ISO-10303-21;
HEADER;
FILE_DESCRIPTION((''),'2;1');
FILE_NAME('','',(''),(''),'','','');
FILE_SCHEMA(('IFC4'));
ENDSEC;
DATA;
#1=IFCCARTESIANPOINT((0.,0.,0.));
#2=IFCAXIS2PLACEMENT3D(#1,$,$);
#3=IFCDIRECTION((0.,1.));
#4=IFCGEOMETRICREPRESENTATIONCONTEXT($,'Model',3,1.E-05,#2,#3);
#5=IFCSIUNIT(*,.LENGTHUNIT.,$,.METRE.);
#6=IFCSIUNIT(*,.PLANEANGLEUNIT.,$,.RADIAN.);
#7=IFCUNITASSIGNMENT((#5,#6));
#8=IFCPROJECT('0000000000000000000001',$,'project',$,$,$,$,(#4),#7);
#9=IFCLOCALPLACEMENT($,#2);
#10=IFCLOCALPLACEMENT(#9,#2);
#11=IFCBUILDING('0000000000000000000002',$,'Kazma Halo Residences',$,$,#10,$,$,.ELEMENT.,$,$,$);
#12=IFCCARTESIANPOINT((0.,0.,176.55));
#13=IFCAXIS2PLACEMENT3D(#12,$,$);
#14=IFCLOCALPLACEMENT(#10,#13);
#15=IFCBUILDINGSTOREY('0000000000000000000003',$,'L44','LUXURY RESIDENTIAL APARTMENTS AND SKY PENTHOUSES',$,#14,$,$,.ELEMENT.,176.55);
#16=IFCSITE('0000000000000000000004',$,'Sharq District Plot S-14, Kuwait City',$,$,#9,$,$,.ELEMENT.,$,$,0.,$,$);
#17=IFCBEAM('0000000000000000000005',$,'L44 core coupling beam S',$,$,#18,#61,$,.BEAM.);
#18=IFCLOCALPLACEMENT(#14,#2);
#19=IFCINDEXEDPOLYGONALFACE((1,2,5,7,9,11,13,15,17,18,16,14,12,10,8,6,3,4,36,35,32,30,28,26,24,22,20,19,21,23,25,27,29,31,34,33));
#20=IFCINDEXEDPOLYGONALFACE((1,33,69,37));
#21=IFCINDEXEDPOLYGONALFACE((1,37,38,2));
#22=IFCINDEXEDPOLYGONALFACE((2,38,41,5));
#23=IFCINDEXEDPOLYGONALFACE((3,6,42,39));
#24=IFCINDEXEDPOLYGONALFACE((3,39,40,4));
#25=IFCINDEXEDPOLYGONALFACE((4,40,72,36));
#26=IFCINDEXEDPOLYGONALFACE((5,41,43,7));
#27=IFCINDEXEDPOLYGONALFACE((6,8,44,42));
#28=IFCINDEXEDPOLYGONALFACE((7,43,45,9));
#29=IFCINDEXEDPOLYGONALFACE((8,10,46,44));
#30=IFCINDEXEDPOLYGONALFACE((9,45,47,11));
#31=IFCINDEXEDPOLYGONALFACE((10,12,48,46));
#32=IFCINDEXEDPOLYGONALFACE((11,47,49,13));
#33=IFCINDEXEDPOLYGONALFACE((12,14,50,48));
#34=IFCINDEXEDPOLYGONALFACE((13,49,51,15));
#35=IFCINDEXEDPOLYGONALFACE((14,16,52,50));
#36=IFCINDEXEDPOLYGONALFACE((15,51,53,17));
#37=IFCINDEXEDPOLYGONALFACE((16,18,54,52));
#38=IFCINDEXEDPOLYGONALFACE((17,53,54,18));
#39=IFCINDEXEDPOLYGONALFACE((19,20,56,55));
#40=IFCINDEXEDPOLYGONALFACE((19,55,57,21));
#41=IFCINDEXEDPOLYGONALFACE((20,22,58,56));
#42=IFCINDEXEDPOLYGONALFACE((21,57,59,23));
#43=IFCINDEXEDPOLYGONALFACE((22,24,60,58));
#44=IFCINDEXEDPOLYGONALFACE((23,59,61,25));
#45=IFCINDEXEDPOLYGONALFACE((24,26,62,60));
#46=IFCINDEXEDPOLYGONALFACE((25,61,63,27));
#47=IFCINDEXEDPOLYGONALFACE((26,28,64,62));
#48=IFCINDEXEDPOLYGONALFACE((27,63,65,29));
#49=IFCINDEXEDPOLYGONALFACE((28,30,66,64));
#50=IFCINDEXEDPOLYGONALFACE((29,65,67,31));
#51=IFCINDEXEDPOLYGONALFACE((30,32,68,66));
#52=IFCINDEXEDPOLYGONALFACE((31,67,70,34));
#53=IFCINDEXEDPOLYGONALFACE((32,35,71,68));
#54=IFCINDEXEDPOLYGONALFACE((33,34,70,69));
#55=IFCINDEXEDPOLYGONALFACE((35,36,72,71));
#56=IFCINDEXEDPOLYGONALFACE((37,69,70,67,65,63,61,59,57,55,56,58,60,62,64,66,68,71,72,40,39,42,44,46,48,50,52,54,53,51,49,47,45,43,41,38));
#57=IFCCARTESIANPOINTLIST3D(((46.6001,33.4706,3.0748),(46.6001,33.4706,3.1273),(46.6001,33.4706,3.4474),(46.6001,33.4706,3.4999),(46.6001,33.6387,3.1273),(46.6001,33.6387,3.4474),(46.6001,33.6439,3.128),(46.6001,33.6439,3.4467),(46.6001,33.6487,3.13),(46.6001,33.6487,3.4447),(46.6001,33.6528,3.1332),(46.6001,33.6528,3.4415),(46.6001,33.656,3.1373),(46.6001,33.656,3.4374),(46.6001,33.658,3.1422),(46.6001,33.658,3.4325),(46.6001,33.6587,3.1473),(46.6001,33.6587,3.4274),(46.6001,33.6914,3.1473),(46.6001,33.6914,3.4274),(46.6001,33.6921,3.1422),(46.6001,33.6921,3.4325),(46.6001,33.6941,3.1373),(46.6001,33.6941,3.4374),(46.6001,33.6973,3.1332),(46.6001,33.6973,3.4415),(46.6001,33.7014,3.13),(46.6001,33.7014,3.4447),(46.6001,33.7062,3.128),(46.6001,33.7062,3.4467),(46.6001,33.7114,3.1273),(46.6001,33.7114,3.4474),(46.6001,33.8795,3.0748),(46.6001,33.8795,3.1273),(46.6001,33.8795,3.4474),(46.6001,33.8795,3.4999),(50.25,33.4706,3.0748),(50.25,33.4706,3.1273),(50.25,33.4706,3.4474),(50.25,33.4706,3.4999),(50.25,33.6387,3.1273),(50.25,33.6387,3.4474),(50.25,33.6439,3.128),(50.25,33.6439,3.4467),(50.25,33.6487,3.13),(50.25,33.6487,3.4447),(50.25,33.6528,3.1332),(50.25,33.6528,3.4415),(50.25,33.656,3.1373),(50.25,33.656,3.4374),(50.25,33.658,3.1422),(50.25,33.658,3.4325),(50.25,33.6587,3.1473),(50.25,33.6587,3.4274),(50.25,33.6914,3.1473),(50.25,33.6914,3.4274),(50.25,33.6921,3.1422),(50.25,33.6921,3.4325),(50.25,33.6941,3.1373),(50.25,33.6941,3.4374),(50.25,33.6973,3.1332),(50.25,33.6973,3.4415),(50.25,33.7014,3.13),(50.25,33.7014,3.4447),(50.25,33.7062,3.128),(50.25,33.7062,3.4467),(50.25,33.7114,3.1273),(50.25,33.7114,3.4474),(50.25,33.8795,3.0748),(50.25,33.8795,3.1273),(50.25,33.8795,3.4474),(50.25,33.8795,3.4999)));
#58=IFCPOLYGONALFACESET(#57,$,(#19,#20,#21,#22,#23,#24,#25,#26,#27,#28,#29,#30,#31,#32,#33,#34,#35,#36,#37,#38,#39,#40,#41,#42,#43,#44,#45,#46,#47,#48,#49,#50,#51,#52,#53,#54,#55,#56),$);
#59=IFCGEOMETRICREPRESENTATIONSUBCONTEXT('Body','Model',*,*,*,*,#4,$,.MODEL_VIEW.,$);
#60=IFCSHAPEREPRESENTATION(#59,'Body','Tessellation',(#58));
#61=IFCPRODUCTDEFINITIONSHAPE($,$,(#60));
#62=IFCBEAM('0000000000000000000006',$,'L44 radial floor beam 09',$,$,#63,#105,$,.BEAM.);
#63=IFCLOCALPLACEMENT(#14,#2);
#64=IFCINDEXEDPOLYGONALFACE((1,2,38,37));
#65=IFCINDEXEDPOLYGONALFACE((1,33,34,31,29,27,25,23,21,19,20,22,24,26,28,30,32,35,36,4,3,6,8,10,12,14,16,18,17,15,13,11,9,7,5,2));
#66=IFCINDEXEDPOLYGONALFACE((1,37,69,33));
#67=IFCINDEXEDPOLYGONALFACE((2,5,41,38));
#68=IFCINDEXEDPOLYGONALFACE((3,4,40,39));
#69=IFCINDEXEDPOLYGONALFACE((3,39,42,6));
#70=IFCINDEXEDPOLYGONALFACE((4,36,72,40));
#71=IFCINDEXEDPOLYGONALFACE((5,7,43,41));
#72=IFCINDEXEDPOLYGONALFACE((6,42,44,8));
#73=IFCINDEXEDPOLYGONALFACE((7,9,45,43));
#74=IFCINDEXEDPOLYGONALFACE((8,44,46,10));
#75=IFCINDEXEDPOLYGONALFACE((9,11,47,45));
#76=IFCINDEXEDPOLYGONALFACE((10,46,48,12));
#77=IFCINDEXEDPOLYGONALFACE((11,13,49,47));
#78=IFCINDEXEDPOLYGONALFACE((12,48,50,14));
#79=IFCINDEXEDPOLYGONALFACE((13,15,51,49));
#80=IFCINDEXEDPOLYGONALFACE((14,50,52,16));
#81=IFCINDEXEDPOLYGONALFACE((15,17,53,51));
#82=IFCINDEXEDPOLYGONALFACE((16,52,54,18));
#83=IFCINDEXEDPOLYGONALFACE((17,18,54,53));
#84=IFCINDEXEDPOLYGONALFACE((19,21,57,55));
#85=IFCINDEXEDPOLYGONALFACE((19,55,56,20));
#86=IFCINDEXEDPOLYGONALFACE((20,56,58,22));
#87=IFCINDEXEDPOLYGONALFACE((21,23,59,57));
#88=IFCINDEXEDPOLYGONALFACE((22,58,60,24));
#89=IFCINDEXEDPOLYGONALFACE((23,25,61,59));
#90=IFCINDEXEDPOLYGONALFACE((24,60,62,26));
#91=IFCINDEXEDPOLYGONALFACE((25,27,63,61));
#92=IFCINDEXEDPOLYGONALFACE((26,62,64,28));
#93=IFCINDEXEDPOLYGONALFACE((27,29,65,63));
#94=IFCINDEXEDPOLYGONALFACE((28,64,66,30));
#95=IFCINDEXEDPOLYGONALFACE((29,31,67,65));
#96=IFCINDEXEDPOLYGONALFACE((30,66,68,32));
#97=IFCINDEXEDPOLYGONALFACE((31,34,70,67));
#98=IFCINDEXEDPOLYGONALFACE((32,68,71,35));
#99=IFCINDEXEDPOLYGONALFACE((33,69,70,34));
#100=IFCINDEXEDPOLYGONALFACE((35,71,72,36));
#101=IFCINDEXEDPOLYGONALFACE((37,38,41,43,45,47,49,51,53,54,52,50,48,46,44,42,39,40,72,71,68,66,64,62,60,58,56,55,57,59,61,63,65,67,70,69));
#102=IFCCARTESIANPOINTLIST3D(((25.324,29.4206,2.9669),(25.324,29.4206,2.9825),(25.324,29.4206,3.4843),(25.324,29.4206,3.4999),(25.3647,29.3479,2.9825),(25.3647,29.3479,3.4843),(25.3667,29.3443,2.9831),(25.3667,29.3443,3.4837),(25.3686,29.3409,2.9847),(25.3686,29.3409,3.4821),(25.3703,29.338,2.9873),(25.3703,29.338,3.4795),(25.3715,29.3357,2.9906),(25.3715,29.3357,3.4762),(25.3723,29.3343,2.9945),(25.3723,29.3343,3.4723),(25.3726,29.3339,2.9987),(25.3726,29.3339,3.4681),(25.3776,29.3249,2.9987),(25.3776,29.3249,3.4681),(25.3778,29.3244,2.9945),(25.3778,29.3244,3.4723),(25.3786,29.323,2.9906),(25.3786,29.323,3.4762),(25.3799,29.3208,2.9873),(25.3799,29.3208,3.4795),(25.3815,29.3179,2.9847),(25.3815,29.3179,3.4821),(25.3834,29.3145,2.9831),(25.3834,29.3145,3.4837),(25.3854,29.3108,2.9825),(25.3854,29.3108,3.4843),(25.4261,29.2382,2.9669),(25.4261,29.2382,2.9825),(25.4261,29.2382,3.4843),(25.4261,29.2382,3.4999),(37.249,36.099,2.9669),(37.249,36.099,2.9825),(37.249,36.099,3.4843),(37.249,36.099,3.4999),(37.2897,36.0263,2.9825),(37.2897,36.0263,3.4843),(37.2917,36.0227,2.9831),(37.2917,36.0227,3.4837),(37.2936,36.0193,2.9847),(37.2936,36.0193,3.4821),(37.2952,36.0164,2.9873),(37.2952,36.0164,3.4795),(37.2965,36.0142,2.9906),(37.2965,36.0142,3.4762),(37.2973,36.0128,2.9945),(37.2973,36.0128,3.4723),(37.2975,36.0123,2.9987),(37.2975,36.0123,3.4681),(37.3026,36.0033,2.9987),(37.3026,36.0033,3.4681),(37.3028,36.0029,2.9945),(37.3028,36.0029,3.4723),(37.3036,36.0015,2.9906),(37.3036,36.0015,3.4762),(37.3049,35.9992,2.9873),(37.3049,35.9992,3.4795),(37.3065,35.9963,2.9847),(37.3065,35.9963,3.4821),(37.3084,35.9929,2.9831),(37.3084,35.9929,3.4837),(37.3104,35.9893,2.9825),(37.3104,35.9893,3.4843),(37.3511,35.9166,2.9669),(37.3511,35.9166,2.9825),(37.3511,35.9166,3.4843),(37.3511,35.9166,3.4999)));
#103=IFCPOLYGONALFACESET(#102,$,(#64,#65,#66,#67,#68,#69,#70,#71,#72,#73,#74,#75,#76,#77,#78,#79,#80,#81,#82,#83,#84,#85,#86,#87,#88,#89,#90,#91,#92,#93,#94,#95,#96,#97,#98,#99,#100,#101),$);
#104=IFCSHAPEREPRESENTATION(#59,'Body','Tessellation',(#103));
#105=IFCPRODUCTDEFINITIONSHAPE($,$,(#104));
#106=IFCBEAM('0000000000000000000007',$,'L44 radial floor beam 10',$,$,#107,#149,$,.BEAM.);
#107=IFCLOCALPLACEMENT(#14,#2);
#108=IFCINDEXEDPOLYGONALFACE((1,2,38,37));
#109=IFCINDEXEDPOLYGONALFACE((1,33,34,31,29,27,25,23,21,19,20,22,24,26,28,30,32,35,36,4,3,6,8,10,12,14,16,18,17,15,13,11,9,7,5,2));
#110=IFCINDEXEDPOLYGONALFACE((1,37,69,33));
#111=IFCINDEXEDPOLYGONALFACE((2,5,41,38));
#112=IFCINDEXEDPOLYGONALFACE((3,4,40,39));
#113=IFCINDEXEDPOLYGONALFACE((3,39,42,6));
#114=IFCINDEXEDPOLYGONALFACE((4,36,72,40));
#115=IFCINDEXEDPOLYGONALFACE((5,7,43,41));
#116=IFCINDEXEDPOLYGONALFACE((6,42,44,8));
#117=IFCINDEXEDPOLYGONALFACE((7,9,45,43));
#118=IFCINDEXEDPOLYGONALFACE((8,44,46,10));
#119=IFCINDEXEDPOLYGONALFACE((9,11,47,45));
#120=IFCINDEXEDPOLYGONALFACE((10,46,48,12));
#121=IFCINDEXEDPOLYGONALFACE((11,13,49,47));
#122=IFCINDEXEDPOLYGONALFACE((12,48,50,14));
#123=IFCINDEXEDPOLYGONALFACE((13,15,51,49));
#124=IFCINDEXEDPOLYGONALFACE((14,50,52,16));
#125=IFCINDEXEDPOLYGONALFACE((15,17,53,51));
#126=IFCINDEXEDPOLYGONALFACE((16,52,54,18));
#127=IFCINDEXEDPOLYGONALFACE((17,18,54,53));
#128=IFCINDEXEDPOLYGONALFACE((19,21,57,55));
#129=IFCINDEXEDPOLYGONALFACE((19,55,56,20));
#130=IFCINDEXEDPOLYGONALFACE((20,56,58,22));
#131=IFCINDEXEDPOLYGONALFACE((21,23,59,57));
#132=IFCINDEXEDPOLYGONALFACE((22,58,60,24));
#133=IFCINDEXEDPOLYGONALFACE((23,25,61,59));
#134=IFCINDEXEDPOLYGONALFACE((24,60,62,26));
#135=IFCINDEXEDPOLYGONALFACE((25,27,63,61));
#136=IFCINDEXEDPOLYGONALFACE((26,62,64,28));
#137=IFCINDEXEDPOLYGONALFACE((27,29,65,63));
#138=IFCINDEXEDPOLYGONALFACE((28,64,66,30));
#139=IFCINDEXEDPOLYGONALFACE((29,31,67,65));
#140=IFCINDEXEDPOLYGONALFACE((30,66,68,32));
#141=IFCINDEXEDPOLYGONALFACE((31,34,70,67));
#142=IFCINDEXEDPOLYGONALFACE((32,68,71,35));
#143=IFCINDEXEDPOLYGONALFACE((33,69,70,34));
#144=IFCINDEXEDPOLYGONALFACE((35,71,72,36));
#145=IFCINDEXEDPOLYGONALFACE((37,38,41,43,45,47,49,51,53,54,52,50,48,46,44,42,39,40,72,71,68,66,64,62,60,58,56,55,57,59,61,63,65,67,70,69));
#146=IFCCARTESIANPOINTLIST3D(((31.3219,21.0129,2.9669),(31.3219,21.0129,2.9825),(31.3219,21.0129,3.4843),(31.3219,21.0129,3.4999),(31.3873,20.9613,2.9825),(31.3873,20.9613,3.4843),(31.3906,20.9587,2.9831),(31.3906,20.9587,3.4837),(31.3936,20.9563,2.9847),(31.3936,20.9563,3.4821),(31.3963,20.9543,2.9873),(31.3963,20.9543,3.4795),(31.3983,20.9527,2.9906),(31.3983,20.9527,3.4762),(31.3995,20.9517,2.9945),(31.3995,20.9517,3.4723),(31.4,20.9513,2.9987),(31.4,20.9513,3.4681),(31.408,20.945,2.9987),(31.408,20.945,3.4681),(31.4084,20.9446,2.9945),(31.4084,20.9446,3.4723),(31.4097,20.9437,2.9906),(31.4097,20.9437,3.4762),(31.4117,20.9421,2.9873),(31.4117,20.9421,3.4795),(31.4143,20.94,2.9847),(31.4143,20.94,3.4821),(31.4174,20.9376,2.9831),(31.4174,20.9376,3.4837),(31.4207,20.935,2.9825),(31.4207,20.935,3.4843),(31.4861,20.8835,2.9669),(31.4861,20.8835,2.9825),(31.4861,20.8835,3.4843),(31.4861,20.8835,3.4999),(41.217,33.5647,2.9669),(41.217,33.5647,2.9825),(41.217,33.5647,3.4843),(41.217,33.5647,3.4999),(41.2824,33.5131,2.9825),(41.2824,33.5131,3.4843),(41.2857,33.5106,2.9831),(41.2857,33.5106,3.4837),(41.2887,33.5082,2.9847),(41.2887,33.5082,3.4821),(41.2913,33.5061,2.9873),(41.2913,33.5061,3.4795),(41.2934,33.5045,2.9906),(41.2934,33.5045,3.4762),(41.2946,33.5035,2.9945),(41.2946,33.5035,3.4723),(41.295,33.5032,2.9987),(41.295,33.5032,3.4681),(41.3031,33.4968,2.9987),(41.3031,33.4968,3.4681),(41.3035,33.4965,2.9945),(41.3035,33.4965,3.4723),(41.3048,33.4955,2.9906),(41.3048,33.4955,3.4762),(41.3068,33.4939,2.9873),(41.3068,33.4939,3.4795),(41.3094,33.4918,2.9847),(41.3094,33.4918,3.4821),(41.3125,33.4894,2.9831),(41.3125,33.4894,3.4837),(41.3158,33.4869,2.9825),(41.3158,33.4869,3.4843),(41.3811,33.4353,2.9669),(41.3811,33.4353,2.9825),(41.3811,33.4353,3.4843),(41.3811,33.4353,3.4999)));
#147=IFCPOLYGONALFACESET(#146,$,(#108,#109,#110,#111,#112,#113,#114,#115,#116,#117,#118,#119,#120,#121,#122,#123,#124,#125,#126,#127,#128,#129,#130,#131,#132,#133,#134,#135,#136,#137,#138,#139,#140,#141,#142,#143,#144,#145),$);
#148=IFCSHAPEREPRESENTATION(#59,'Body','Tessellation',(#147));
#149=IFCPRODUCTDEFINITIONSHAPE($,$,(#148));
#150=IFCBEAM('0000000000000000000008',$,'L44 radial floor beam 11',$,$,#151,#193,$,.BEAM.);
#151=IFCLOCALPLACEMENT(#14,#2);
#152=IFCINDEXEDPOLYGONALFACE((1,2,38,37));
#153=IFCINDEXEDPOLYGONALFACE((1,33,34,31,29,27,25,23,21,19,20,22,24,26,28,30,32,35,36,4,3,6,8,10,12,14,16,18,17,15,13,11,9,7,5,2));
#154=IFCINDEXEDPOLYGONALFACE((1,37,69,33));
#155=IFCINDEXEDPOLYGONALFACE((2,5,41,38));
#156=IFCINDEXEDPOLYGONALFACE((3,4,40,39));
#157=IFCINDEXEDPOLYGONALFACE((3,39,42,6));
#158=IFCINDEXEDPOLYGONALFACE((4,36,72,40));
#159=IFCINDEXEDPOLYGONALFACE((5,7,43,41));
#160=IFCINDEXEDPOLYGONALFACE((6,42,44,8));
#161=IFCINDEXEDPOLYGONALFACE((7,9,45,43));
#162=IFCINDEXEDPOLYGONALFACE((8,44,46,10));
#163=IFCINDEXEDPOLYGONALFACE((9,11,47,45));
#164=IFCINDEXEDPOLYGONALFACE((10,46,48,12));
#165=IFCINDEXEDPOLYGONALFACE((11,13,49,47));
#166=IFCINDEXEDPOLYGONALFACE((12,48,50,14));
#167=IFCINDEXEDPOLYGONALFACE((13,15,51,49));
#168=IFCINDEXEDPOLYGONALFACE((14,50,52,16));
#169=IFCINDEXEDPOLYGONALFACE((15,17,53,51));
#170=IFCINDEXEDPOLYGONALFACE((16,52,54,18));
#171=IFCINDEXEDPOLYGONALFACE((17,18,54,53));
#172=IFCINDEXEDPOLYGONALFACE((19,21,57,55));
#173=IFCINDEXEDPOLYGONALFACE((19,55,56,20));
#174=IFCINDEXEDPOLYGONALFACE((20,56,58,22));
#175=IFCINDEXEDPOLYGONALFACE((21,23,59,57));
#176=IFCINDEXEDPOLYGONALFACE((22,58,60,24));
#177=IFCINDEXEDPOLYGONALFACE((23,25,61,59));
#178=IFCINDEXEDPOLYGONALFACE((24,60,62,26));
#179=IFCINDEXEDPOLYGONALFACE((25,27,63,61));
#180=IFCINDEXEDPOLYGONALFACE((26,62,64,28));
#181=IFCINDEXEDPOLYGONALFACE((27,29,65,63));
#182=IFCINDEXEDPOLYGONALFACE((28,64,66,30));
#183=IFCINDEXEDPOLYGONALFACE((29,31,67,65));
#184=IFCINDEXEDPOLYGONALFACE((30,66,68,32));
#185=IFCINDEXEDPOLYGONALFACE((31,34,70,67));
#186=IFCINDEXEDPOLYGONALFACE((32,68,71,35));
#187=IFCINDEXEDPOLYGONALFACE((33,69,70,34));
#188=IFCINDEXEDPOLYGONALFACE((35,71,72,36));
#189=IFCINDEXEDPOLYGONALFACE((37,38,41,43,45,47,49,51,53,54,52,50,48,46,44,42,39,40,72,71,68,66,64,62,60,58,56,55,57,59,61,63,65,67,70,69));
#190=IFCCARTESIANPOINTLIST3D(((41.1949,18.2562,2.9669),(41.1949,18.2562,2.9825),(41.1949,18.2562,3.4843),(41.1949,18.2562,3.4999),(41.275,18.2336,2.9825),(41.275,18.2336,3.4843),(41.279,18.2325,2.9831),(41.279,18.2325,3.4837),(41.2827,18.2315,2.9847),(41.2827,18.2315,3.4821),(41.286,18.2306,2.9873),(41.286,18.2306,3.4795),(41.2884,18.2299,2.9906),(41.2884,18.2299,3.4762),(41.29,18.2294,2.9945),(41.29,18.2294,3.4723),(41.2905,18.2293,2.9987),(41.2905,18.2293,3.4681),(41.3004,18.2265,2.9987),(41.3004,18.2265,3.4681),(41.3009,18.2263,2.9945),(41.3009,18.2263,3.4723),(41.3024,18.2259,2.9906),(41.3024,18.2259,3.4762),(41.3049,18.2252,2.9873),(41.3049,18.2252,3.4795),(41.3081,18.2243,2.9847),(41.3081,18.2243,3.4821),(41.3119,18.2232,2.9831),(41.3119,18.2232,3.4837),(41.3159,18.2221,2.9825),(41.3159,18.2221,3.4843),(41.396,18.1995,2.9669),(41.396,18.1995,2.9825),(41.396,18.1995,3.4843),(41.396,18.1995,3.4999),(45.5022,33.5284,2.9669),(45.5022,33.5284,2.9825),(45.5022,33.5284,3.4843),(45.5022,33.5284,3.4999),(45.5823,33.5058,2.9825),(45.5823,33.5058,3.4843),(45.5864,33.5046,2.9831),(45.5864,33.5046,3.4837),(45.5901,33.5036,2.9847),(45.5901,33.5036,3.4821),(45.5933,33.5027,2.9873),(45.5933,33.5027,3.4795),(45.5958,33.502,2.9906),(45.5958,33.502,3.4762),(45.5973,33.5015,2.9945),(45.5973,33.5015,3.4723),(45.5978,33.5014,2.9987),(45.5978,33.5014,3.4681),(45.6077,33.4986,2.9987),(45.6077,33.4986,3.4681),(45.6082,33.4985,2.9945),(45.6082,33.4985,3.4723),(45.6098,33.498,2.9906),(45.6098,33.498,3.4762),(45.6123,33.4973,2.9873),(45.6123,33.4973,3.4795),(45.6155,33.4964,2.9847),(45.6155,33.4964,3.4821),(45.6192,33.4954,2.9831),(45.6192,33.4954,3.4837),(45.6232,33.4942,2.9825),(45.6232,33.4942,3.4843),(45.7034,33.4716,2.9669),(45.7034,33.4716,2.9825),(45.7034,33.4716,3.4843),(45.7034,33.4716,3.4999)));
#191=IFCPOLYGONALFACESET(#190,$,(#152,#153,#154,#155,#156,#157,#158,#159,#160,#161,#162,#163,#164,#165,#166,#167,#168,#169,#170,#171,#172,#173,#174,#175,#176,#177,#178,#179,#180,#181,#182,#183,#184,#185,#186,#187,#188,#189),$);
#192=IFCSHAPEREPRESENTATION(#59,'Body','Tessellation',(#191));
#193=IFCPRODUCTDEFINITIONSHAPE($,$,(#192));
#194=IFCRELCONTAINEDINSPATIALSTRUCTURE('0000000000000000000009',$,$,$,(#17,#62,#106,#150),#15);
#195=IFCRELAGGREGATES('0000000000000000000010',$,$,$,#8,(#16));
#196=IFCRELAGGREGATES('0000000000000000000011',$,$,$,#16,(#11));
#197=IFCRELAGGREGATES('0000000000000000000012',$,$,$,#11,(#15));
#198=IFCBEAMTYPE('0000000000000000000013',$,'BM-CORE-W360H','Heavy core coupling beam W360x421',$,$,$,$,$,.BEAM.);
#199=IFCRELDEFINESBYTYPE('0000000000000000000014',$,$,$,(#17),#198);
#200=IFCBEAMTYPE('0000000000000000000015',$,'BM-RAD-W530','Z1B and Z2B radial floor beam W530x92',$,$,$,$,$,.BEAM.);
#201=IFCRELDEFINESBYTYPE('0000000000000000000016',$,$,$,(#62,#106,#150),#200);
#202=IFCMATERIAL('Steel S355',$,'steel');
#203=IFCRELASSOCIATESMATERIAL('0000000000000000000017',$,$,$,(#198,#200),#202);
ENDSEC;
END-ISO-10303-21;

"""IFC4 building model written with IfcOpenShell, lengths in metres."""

from ifc_helpers import new_model, si_unit, direction, frame, origin, origin_2d, place, context, subcontext, project, spatial, i_section, extrude, material, material_profile, profile_set, type_object, element, save


model = new_model("IFC4")

# Units and contexts
model_context = context("Model", 3, precision=1e-05, world=origin(), true_north=direction((0.0, 1.0)))
body_context = subcontext(model_context, "Body", "Model", "MODEL_VIEW")
ifc_project = project(units=[si_unit("LENGTHUNIT", "METRE"), si_unit("PLANEANGLEUNIT", "RADIAN")], contexts=[model_context])

# Site, building, storey
site_placement = place(None, origin())
site = spatial("IfcSite", under=ifc_project, at=site_placement, Name="Sharq District Plot S-14, Kuwait City", CompositionType="ELEMENT", RefElevation=0.0)
building_placement = place(site_placement, origin())
building = spatial("IfcBuilding", under=site, at=building_placement, Name="Kazma Halo Residences", CompositionType="ELEMENT")
storey_placement = place(building_placement, frame((0.0, 0.0, 176.55)))
storey = spatial("IfcBuildingStorey", under=building, at=storey_placement, Name="L44", Description="LUXURY RESIDENTIAL APARTMENTS AND SKY PENTHOUSES", CompositionType="ELEMENT", Elevation=176.55)

# Beams
ifc_material_1 = material(Name="Steel S355", Category="steel")
ifc_material_profile_1 = material_profile(ifc_material_1, i_section(OverallWidth=0.4089, OverallDepth=0.425, WebThickness=0.0327, FlangeThickness=0.0525, FilletRadius=0.02, at=origin_2d()), Name="W360x421")
ifc_profile_set_1 = profile_set([ifc_material_profile_1], Name="Steel S355")
beam_type_1 = type_object("IfcBeamType", Name="BM-CORE-W360H", Description="Heavy core coupling beam W360x421", PredefinedType="BEAM", material=ifc_profile_set_1)
beam_1_placement = place(storey_placement, frame((46.6001, 33.675, 3.2874), z_axis=(1.0, 0.0, 0.0), x_axis=(0.0, 1.0, 0.0)))
element("IfcBeam", 1, at=beam_1_placement, inside=storey, type_object=beam_type_1, Name="L44 core coupling beam S", PredefinedType="BEAM", context=body_context, shape_type="SweptSolid", body=[
    extrude(i_section(OverallWidth=0.4089, OverallDepth=0.425, WebThickness=0.0327, FlangeThickness=0.0525, FilletRadius=0.02, at=origin_2d()), origin(), (0.0, 0.0, 1.0), 3.6499),
])
ifc_material_profile_2 = material_profile(ifc_material_1, i_section(OverallWidth=0.209, OverallDepth=0.533, WebThickness=0.0103, FlangeThickness=0.0156, FilletRadius=0.0161, at=origin_2d()), Name="W530x92")
ifc_profile_set_2 = profile_set([ifc_material_profile_2], Name="Steel S355")
beam_type_2 = type_object("IfcBeamType", Name="BM-RAD-W530", Description="Z1B and Z2B radial floor beam W530x92", PredefinedType="BEAM", material=ifc_profile_set_2)
beam_2_placement = place(storey_placement, frame((37.3, 36.0078, 3.2334), z_axis=(-0.872492, -0.488628, 0.0), x_axis=(0.488628, -0.872492, 0.0)))
element("IfcBeam", 2, at=beam_2_placement, inside=storey, type_object=beam_type_2, Name="L44 radial floor beam 09", PredefinedType="BEAM", context=body_context, shape_type="SweptSolid", body=[
    extrude(i_section(OverallWidth=0.209, OverallDepth=0.533, WebThickness=0.0103, FlangeThickness=0.0156, FilletRadius=0.0161, at=origin_2d()), origin(), (0.0, 0.0, 1.0), 13.6677),
])
beam_3_placement = place(storey_placement, frame((41.2991, 33.5, 3.2334), z_axis=(-0.619094, -0.785317, 0.0), x_axis=(0.785317, -0.619094, 0.0)))
element("IfcBeam", 3, at=beam_3_placement, inside=storey, type_object=beam_type_2, Name="L44 radial floor beam 10", PredefinedType="BEAM", context=body_context, shape_type="SweptSolid", body=[
    extrude(i_section(OverallWidth=0.209, OverallDepth=0.533, WebThickness=0.0103, FlangeThickness=0.0156, FilletRadius=0.0161, at=origin_2d()), origin(), (0.0, 0.0, 1.0), 15.9832),
])
beam_4_placement = place(storey_placement, frame((45.6028, 33.5, 3.2334), z_axis=(-0.27145, -0.962453, 0.0), x_axis=(0.962453, -0.27145, 0.0)))
element("IfcBeam", 4, at=beam_4_placement, inside=storey, type_object=beam_type_2, Name="L44 radial floor beam 11", PredefinedType="BEAM", context=body_context, shape_type="SweptSolid", body=[
    extrude(i_section(OverallWidth=0.209, OverallDepth=0.533, WebThickness=0.0103, FlangeThickness=0.0156, FilletRadius=0.0161, at=origin_2d()), origin(), (0.0, 0.0, 1.0), 15.8679),
])

save(model, "model.ifc")
